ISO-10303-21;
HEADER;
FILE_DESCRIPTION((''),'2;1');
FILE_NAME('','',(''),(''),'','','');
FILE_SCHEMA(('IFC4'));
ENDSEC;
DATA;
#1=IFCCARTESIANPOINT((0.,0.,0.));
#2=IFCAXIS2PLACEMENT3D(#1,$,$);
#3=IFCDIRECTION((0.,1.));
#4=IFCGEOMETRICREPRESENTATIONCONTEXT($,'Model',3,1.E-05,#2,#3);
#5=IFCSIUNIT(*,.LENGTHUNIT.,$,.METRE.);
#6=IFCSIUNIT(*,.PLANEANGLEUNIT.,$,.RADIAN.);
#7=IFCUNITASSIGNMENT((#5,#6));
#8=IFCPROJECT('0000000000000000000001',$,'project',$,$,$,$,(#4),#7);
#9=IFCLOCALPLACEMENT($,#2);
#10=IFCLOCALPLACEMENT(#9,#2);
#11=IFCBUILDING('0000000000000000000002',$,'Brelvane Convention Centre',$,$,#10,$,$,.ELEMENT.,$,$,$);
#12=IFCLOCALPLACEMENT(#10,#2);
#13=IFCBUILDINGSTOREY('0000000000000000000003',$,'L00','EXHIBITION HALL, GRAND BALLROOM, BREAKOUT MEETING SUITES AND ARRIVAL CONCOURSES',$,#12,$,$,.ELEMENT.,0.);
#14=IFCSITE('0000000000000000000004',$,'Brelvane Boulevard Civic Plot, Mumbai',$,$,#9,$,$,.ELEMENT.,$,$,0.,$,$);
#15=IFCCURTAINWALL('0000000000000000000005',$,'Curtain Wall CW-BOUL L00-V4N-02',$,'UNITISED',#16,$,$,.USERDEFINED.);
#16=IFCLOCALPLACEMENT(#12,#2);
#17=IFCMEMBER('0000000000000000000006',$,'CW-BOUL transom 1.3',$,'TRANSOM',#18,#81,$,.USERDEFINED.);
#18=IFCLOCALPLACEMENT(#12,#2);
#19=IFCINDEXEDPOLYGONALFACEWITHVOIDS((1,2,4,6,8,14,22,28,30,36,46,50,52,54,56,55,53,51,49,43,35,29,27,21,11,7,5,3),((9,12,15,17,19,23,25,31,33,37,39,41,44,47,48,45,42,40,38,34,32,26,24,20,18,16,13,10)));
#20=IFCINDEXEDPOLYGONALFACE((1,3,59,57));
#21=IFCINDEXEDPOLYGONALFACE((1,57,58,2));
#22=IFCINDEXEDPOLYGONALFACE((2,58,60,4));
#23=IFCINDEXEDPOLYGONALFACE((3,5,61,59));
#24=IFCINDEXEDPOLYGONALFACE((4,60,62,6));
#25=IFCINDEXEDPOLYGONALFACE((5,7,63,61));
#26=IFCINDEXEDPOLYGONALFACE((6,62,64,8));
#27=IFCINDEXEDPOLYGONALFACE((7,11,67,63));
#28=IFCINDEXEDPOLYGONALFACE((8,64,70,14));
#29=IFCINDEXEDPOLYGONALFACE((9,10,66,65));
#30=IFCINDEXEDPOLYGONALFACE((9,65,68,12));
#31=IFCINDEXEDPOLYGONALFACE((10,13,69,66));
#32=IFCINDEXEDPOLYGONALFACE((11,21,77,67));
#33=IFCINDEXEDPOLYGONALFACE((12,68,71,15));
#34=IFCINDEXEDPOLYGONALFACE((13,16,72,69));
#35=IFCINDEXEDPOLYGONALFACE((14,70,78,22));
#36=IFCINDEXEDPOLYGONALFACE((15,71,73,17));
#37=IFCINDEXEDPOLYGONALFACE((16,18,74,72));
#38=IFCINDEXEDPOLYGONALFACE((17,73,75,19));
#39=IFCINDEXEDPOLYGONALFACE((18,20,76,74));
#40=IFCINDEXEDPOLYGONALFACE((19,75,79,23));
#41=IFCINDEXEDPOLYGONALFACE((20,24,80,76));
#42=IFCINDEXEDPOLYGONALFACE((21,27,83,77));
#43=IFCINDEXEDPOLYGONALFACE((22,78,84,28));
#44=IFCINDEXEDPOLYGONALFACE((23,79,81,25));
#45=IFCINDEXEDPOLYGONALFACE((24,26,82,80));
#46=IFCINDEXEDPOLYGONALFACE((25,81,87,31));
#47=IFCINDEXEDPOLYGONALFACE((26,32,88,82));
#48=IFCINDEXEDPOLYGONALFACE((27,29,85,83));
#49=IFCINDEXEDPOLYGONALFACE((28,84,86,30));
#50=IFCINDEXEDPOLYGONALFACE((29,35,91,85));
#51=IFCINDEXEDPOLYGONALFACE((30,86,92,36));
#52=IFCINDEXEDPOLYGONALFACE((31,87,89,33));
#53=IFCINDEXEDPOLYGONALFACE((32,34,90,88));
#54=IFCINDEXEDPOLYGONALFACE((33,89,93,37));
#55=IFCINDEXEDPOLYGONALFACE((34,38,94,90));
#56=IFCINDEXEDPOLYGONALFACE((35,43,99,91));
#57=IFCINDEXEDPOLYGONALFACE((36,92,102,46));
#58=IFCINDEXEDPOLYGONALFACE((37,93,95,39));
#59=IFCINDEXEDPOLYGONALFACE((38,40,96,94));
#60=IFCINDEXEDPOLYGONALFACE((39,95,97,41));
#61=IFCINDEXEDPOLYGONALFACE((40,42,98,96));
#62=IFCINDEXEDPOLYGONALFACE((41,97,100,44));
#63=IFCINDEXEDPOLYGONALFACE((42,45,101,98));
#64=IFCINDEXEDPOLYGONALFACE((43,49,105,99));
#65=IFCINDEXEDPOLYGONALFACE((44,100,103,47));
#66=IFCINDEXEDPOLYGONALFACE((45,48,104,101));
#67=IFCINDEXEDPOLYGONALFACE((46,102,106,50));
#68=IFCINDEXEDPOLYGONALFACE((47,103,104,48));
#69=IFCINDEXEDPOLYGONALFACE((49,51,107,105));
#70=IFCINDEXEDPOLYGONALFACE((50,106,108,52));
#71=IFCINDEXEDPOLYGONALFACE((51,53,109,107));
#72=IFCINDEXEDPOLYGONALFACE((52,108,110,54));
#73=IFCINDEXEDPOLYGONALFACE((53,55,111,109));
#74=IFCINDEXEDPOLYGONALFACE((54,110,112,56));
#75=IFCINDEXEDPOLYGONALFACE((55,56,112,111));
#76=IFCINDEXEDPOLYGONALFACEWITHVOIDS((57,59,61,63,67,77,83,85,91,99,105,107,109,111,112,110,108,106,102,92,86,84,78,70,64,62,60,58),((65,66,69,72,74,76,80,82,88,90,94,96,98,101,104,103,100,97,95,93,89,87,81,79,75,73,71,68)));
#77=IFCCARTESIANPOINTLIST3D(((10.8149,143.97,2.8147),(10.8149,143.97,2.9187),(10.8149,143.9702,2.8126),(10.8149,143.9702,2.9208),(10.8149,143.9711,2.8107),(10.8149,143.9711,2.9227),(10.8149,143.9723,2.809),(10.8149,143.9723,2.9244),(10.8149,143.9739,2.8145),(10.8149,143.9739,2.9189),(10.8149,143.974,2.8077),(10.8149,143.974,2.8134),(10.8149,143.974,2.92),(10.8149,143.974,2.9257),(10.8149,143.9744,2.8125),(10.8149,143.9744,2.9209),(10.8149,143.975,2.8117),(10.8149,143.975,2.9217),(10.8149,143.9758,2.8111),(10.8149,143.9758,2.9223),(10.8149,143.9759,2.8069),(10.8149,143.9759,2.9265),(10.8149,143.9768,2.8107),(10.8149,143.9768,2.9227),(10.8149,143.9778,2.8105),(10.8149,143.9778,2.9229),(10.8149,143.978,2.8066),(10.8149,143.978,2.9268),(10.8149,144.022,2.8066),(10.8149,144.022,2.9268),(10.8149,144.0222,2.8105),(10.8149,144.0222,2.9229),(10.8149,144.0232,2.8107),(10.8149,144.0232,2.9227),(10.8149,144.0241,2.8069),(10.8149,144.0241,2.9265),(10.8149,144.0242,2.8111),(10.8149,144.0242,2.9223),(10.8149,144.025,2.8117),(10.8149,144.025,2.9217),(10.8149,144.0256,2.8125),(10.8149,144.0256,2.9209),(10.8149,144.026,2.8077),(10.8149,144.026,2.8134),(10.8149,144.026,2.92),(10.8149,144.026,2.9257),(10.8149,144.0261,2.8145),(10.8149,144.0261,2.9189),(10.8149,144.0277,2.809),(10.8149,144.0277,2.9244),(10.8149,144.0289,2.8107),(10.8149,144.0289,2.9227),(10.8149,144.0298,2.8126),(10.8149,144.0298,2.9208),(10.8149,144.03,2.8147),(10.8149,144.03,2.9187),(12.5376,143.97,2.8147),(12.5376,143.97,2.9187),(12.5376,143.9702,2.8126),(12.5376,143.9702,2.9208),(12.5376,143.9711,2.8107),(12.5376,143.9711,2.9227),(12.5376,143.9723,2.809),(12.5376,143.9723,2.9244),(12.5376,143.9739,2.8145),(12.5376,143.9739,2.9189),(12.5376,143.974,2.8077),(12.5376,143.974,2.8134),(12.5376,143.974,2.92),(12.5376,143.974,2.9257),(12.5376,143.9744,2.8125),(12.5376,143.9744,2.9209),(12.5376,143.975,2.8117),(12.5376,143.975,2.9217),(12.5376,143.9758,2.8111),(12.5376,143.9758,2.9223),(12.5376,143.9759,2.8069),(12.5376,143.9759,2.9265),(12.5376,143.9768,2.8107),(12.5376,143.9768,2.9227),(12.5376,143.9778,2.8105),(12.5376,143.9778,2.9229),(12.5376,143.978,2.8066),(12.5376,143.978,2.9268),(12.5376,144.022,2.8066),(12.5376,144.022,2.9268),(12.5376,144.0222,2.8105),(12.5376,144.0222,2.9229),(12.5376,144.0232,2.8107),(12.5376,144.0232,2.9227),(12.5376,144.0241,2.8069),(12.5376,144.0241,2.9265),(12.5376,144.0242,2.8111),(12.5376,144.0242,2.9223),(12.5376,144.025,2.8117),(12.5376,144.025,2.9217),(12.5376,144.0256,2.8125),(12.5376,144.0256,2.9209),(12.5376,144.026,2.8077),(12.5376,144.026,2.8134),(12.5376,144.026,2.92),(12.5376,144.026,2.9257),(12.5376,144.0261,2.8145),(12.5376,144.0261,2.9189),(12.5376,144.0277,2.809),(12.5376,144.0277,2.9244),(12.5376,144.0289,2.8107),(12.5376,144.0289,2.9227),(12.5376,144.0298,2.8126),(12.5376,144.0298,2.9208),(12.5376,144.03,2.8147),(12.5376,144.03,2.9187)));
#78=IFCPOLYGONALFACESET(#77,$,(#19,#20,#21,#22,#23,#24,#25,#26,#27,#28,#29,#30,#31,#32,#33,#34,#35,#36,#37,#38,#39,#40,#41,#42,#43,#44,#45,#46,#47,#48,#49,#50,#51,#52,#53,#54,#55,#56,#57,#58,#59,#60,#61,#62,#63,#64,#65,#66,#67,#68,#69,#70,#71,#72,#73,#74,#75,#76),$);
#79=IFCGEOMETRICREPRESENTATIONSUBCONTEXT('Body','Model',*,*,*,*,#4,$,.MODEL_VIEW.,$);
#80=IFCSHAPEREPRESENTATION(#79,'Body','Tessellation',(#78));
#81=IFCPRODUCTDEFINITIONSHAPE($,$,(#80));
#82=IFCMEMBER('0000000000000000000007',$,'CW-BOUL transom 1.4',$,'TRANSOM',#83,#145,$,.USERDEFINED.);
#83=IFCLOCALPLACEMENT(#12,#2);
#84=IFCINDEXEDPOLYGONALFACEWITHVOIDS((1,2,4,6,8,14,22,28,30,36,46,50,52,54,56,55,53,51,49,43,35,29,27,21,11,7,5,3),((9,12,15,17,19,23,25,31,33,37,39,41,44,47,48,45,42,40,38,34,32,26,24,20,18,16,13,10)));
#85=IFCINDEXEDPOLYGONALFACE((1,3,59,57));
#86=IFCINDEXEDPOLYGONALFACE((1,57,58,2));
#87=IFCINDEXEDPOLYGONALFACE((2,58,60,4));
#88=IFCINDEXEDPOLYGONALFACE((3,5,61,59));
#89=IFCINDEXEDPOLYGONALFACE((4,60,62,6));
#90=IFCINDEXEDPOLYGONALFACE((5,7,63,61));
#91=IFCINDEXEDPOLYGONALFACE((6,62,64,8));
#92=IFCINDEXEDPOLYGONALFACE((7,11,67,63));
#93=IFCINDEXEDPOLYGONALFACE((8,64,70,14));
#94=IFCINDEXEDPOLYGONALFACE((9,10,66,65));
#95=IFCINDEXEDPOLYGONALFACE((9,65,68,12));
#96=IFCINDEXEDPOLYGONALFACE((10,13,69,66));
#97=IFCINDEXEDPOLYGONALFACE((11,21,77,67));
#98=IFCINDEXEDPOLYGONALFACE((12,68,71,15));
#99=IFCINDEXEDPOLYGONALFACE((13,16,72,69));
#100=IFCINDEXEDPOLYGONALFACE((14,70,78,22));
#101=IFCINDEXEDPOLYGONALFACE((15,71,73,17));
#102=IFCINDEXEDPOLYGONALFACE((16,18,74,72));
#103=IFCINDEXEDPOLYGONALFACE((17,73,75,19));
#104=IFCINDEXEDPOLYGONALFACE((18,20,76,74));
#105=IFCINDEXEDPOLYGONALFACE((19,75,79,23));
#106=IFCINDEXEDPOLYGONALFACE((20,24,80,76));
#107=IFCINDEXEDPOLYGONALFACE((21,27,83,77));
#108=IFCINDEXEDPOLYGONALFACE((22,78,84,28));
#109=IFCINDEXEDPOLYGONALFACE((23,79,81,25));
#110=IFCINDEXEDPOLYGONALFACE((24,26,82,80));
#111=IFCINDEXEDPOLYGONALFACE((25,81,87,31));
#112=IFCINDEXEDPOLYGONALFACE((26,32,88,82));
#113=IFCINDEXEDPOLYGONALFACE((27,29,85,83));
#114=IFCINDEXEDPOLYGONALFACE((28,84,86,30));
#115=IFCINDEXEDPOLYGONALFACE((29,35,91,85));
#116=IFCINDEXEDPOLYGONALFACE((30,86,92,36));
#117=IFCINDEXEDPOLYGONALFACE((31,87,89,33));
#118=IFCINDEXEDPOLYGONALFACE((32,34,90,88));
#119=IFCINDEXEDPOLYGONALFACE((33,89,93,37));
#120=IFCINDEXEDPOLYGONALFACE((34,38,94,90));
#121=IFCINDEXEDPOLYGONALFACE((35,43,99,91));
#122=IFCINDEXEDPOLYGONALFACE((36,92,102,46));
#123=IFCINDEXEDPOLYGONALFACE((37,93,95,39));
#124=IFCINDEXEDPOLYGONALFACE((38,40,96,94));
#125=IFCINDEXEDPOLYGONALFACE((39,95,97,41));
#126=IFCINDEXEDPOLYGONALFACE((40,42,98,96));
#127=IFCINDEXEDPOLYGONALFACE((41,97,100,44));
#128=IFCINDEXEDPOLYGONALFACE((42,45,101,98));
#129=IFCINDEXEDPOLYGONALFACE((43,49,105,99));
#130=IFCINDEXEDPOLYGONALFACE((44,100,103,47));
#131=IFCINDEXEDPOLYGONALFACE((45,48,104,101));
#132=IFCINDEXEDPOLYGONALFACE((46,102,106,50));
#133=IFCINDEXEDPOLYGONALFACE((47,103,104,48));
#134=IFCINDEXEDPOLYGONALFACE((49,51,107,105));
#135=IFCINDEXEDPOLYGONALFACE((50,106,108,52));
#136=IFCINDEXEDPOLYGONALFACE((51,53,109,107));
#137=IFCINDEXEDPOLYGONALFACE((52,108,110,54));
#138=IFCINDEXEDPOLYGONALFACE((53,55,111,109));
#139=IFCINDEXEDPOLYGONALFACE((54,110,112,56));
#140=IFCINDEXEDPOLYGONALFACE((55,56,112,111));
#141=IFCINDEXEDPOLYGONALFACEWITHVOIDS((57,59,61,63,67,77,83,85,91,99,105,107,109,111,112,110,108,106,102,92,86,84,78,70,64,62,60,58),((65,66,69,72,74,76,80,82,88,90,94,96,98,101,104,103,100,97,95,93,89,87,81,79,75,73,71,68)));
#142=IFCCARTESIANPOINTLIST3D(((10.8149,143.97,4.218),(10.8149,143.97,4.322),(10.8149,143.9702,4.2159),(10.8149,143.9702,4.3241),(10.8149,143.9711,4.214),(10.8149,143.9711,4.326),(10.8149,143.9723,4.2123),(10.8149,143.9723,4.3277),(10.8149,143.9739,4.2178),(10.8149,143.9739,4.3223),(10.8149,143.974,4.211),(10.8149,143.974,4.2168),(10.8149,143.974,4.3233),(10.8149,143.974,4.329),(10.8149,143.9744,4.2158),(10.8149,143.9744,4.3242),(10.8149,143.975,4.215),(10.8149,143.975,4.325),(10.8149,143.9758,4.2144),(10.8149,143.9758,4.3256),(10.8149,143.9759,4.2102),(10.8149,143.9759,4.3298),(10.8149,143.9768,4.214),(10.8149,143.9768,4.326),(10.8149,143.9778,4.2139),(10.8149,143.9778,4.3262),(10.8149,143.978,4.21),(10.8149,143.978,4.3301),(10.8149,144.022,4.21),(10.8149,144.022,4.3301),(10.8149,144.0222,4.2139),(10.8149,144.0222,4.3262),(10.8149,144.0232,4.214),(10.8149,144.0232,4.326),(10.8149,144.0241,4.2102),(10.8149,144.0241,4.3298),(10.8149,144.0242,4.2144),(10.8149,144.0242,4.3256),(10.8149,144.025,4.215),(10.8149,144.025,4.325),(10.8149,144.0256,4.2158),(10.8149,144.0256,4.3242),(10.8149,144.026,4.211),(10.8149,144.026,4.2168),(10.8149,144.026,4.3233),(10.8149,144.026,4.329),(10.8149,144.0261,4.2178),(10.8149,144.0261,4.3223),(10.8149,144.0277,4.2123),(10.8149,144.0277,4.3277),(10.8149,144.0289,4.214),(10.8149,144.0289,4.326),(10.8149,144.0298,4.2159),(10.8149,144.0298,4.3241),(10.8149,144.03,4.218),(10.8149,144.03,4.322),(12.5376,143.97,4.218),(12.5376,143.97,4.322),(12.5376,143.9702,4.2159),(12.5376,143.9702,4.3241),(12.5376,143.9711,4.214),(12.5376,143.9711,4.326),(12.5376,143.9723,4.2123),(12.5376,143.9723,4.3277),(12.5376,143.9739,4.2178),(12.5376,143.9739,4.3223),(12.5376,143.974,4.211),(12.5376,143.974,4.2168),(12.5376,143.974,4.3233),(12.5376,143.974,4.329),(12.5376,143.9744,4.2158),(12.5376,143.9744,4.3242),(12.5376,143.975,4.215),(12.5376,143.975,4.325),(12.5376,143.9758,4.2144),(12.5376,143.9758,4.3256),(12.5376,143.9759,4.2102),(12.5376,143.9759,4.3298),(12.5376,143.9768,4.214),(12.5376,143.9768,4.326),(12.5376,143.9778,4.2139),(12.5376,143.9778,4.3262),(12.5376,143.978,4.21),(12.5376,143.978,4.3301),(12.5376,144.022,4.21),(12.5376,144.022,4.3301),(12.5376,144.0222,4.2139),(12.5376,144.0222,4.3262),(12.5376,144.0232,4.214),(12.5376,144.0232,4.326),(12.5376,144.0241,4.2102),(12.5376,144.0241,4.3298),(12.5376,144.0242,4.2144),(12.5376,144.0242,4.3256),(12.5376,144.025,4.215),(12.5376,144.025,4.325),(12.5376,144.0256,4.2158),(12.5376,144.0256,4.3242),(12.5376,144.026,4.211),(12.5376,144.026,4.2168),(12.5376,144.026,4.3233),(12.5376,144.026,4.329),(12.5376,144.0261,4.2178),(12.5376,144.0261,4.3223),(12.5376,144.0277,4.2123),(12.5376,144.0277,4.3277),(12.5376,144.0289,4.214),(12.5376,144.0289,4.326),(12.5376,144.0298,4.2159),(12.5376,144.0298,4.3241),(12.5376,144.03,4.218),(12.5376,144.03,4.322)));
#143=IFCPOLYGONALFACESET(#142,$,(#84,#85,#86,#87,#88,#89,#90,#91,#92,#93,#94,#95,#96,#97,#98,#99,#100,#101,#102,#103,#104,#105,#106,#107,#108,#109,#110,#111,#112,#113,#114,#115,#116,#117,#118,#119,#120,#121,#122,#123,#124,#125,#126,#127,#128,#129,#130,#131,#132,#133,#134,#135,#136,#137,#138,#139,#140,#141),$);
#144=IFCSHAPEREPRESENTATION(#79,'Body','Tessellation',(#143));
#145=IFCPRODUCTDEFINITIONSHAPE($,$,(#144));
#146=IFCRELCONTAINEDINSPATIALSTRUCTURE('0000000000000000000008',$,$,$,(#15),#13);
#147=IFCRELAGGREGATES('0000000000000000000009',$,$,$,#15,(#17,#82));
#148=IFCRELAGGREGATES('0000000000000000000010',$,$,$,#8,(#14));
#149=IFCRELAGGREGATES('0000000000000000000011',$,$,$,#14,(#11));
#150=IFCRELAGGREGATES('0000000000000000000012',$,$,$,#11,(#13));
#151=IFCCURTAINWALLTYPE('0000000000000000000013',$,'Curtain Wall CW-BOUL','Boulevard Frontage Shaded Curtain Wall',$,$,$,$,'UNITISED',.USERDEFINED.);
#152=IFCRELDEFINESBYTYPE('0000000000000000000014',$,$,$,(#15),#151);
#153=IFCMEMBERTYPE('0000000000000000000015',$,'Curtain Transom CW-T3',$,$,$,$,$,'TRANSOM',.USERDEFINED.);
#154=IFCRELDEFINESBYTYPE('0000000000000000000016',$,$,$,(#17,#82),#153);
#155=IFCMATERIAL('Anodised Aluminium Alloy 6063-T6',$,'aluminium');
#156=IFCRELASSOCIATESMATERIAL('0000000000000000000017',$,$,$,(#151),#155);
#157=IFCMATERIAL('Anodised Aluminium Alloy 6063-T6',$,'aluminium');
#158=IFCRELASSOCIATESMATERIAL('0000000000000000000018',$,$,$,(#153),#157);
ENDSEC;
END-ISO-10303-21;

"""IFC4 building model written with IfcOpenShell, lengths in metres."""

from ifc_helpers import new_model, si_unit, direction, frame, origin, origin_2d, place, context, subcontext, project, spatial, hollow_rectangle, extrude, material, material_profile, profile_set, type_object, element, aggregate, save


model = new_model("IFC4")

# Units and contexts
model_context = context("Model", 3, precision=1e-05, world=origin(), true_north=direction((0.0, 1.0)))
body_context = subcontext(model_context, "Body", "Model", "MODEL_VIEW")
ifc_project = project(units=[si_unit("LENGTHUNIT", "METRE"), si_unit("PLANEANGLEUNIT", "RADIAN")], contexts=[model_context])

# Site, building, storey
site_placement = place(None, origin())
site = spatial("IfcSite", under=ifc_project, at=site_placement, Name="Brelvane Boulevard Civic Plot, Mumbai", CompositionType="ELEMENT", RefElevation=0.0)
building_placement = place(site_placement, origin())
building = spatial("IfcBuilding", under=site, at=building_placement, Name="Brelvane Convention Centre", CompositionType="ELEMENT")
storey_placement = place(building_placement, origin())
storey = spatial("IfcBuildingStorey", under=building, at=storey_placement, Name="L00", Description="EXHIBITION HALL, GRAND BALLROOM, BREAKOUT MEETING SUITES AND ARRIVAL CONCOURSES", CompositionType="ELEMENT", Elevation=0.0)

# Curtain wall, members
ifc_material_1 = material(Name="Anodised Aluminium Alloy 6063-T6", Category="aluminium")
curtain_wall_type = type_object("IfcCurtainWallType", Name="Curtain Wall CW-BOUL", Description="Boulevard Frontage Shaded Curtain Wall", ElementType="UNITISED", PredefinedType="USERDEFINED", material=ifc_material_1)
curtain_wall_placement = place(storey_placement, origin())
curtain_wall = element("IfcCurtainWall", 1, at=curtain_wall_placement, inside=storey, type_object=curtain_wall_type, Name="Curtain Wall CW-BOUL L00-V4N-02", ObjectType="UNITISED", PredefinedType="USERDEFINED")
ifc_material_2 = material(Name="Anodised Aluminium Alloy 6063-T6", Category="aluminium")
ifc_material_profile_1 = material_profile(ifc_material_2, hollow_rectangle(XDim=0.0601, YDim=0.1201, WallThickness=0.0039, InnerFilletRadius=0.0039, OuterFilletRadius=0.0081, at=origin_2d()), Name="ALU-T 120x60x4.0")
ifc_profile_set_1 = profile_set([ifc_material_profile_1], Name="Anodised Aluminium Alloy 6063-T6")
member_type_1 = type_object("IfcMemberType", Name="Curtain Transom CW-T3", ElementType="TRANSOM", PredefinedType="USERDEFINED", material=ifc_profile_set_1)
member_1_placement = place(storey_placement, frame((10.8149, 144.0, 2.8667), z_axis=(1.0, 0.0, 0.0), x_axis=(0.0, 1.0, 0.0)))
member_1 = element("IfcMember", 2, at=member_1_placement, type_object=member_type_1, Name="CW-BOUL transom 1.3", ObjectType="TRANSOM", PredefinedType="USERDEFINED", context=body_context, shape_type="SweptSolid", body=[
    extrude(hollow_rectangle(XDim=0.0601, YDim=0.1201, WallThickness=0.0039, InnerFilletRadius=0.0039, OuterFilletRadius=0.0081, at=origin_2d()), origin(), (0.0, 0.0, 1.0), 1.7227),
])
member_2_placement = place(storey_placement, frame((10.8149, 144.0, 4.27), z_axis=(1.0, 0.0, 0.0), x_axis=(0.0, 1.0, 0.0)))
member_2 = element("IfcMember", 3, at=member_2_placement, type_object=member_type_1, Name="CW-BOUL transom 1.4", ObjectType="TRANSOM", PredefinedType="USERDEFINED", context=body_context, shape_type="SweptSolid", body=[
    extrude(hollow_rectangle(XDim=0.0601, YDim=0.1201, WallThickness=0.0039, InnerFilletRadius=0.0039, OuterFilletRadius=0.0081, at=origin_2d()), origin(), (0.0, 0.0, 1.0), 1.7227),
])

aggregate(curtain_wall, [member_1, member_2])

save(model, "model.ifc")
